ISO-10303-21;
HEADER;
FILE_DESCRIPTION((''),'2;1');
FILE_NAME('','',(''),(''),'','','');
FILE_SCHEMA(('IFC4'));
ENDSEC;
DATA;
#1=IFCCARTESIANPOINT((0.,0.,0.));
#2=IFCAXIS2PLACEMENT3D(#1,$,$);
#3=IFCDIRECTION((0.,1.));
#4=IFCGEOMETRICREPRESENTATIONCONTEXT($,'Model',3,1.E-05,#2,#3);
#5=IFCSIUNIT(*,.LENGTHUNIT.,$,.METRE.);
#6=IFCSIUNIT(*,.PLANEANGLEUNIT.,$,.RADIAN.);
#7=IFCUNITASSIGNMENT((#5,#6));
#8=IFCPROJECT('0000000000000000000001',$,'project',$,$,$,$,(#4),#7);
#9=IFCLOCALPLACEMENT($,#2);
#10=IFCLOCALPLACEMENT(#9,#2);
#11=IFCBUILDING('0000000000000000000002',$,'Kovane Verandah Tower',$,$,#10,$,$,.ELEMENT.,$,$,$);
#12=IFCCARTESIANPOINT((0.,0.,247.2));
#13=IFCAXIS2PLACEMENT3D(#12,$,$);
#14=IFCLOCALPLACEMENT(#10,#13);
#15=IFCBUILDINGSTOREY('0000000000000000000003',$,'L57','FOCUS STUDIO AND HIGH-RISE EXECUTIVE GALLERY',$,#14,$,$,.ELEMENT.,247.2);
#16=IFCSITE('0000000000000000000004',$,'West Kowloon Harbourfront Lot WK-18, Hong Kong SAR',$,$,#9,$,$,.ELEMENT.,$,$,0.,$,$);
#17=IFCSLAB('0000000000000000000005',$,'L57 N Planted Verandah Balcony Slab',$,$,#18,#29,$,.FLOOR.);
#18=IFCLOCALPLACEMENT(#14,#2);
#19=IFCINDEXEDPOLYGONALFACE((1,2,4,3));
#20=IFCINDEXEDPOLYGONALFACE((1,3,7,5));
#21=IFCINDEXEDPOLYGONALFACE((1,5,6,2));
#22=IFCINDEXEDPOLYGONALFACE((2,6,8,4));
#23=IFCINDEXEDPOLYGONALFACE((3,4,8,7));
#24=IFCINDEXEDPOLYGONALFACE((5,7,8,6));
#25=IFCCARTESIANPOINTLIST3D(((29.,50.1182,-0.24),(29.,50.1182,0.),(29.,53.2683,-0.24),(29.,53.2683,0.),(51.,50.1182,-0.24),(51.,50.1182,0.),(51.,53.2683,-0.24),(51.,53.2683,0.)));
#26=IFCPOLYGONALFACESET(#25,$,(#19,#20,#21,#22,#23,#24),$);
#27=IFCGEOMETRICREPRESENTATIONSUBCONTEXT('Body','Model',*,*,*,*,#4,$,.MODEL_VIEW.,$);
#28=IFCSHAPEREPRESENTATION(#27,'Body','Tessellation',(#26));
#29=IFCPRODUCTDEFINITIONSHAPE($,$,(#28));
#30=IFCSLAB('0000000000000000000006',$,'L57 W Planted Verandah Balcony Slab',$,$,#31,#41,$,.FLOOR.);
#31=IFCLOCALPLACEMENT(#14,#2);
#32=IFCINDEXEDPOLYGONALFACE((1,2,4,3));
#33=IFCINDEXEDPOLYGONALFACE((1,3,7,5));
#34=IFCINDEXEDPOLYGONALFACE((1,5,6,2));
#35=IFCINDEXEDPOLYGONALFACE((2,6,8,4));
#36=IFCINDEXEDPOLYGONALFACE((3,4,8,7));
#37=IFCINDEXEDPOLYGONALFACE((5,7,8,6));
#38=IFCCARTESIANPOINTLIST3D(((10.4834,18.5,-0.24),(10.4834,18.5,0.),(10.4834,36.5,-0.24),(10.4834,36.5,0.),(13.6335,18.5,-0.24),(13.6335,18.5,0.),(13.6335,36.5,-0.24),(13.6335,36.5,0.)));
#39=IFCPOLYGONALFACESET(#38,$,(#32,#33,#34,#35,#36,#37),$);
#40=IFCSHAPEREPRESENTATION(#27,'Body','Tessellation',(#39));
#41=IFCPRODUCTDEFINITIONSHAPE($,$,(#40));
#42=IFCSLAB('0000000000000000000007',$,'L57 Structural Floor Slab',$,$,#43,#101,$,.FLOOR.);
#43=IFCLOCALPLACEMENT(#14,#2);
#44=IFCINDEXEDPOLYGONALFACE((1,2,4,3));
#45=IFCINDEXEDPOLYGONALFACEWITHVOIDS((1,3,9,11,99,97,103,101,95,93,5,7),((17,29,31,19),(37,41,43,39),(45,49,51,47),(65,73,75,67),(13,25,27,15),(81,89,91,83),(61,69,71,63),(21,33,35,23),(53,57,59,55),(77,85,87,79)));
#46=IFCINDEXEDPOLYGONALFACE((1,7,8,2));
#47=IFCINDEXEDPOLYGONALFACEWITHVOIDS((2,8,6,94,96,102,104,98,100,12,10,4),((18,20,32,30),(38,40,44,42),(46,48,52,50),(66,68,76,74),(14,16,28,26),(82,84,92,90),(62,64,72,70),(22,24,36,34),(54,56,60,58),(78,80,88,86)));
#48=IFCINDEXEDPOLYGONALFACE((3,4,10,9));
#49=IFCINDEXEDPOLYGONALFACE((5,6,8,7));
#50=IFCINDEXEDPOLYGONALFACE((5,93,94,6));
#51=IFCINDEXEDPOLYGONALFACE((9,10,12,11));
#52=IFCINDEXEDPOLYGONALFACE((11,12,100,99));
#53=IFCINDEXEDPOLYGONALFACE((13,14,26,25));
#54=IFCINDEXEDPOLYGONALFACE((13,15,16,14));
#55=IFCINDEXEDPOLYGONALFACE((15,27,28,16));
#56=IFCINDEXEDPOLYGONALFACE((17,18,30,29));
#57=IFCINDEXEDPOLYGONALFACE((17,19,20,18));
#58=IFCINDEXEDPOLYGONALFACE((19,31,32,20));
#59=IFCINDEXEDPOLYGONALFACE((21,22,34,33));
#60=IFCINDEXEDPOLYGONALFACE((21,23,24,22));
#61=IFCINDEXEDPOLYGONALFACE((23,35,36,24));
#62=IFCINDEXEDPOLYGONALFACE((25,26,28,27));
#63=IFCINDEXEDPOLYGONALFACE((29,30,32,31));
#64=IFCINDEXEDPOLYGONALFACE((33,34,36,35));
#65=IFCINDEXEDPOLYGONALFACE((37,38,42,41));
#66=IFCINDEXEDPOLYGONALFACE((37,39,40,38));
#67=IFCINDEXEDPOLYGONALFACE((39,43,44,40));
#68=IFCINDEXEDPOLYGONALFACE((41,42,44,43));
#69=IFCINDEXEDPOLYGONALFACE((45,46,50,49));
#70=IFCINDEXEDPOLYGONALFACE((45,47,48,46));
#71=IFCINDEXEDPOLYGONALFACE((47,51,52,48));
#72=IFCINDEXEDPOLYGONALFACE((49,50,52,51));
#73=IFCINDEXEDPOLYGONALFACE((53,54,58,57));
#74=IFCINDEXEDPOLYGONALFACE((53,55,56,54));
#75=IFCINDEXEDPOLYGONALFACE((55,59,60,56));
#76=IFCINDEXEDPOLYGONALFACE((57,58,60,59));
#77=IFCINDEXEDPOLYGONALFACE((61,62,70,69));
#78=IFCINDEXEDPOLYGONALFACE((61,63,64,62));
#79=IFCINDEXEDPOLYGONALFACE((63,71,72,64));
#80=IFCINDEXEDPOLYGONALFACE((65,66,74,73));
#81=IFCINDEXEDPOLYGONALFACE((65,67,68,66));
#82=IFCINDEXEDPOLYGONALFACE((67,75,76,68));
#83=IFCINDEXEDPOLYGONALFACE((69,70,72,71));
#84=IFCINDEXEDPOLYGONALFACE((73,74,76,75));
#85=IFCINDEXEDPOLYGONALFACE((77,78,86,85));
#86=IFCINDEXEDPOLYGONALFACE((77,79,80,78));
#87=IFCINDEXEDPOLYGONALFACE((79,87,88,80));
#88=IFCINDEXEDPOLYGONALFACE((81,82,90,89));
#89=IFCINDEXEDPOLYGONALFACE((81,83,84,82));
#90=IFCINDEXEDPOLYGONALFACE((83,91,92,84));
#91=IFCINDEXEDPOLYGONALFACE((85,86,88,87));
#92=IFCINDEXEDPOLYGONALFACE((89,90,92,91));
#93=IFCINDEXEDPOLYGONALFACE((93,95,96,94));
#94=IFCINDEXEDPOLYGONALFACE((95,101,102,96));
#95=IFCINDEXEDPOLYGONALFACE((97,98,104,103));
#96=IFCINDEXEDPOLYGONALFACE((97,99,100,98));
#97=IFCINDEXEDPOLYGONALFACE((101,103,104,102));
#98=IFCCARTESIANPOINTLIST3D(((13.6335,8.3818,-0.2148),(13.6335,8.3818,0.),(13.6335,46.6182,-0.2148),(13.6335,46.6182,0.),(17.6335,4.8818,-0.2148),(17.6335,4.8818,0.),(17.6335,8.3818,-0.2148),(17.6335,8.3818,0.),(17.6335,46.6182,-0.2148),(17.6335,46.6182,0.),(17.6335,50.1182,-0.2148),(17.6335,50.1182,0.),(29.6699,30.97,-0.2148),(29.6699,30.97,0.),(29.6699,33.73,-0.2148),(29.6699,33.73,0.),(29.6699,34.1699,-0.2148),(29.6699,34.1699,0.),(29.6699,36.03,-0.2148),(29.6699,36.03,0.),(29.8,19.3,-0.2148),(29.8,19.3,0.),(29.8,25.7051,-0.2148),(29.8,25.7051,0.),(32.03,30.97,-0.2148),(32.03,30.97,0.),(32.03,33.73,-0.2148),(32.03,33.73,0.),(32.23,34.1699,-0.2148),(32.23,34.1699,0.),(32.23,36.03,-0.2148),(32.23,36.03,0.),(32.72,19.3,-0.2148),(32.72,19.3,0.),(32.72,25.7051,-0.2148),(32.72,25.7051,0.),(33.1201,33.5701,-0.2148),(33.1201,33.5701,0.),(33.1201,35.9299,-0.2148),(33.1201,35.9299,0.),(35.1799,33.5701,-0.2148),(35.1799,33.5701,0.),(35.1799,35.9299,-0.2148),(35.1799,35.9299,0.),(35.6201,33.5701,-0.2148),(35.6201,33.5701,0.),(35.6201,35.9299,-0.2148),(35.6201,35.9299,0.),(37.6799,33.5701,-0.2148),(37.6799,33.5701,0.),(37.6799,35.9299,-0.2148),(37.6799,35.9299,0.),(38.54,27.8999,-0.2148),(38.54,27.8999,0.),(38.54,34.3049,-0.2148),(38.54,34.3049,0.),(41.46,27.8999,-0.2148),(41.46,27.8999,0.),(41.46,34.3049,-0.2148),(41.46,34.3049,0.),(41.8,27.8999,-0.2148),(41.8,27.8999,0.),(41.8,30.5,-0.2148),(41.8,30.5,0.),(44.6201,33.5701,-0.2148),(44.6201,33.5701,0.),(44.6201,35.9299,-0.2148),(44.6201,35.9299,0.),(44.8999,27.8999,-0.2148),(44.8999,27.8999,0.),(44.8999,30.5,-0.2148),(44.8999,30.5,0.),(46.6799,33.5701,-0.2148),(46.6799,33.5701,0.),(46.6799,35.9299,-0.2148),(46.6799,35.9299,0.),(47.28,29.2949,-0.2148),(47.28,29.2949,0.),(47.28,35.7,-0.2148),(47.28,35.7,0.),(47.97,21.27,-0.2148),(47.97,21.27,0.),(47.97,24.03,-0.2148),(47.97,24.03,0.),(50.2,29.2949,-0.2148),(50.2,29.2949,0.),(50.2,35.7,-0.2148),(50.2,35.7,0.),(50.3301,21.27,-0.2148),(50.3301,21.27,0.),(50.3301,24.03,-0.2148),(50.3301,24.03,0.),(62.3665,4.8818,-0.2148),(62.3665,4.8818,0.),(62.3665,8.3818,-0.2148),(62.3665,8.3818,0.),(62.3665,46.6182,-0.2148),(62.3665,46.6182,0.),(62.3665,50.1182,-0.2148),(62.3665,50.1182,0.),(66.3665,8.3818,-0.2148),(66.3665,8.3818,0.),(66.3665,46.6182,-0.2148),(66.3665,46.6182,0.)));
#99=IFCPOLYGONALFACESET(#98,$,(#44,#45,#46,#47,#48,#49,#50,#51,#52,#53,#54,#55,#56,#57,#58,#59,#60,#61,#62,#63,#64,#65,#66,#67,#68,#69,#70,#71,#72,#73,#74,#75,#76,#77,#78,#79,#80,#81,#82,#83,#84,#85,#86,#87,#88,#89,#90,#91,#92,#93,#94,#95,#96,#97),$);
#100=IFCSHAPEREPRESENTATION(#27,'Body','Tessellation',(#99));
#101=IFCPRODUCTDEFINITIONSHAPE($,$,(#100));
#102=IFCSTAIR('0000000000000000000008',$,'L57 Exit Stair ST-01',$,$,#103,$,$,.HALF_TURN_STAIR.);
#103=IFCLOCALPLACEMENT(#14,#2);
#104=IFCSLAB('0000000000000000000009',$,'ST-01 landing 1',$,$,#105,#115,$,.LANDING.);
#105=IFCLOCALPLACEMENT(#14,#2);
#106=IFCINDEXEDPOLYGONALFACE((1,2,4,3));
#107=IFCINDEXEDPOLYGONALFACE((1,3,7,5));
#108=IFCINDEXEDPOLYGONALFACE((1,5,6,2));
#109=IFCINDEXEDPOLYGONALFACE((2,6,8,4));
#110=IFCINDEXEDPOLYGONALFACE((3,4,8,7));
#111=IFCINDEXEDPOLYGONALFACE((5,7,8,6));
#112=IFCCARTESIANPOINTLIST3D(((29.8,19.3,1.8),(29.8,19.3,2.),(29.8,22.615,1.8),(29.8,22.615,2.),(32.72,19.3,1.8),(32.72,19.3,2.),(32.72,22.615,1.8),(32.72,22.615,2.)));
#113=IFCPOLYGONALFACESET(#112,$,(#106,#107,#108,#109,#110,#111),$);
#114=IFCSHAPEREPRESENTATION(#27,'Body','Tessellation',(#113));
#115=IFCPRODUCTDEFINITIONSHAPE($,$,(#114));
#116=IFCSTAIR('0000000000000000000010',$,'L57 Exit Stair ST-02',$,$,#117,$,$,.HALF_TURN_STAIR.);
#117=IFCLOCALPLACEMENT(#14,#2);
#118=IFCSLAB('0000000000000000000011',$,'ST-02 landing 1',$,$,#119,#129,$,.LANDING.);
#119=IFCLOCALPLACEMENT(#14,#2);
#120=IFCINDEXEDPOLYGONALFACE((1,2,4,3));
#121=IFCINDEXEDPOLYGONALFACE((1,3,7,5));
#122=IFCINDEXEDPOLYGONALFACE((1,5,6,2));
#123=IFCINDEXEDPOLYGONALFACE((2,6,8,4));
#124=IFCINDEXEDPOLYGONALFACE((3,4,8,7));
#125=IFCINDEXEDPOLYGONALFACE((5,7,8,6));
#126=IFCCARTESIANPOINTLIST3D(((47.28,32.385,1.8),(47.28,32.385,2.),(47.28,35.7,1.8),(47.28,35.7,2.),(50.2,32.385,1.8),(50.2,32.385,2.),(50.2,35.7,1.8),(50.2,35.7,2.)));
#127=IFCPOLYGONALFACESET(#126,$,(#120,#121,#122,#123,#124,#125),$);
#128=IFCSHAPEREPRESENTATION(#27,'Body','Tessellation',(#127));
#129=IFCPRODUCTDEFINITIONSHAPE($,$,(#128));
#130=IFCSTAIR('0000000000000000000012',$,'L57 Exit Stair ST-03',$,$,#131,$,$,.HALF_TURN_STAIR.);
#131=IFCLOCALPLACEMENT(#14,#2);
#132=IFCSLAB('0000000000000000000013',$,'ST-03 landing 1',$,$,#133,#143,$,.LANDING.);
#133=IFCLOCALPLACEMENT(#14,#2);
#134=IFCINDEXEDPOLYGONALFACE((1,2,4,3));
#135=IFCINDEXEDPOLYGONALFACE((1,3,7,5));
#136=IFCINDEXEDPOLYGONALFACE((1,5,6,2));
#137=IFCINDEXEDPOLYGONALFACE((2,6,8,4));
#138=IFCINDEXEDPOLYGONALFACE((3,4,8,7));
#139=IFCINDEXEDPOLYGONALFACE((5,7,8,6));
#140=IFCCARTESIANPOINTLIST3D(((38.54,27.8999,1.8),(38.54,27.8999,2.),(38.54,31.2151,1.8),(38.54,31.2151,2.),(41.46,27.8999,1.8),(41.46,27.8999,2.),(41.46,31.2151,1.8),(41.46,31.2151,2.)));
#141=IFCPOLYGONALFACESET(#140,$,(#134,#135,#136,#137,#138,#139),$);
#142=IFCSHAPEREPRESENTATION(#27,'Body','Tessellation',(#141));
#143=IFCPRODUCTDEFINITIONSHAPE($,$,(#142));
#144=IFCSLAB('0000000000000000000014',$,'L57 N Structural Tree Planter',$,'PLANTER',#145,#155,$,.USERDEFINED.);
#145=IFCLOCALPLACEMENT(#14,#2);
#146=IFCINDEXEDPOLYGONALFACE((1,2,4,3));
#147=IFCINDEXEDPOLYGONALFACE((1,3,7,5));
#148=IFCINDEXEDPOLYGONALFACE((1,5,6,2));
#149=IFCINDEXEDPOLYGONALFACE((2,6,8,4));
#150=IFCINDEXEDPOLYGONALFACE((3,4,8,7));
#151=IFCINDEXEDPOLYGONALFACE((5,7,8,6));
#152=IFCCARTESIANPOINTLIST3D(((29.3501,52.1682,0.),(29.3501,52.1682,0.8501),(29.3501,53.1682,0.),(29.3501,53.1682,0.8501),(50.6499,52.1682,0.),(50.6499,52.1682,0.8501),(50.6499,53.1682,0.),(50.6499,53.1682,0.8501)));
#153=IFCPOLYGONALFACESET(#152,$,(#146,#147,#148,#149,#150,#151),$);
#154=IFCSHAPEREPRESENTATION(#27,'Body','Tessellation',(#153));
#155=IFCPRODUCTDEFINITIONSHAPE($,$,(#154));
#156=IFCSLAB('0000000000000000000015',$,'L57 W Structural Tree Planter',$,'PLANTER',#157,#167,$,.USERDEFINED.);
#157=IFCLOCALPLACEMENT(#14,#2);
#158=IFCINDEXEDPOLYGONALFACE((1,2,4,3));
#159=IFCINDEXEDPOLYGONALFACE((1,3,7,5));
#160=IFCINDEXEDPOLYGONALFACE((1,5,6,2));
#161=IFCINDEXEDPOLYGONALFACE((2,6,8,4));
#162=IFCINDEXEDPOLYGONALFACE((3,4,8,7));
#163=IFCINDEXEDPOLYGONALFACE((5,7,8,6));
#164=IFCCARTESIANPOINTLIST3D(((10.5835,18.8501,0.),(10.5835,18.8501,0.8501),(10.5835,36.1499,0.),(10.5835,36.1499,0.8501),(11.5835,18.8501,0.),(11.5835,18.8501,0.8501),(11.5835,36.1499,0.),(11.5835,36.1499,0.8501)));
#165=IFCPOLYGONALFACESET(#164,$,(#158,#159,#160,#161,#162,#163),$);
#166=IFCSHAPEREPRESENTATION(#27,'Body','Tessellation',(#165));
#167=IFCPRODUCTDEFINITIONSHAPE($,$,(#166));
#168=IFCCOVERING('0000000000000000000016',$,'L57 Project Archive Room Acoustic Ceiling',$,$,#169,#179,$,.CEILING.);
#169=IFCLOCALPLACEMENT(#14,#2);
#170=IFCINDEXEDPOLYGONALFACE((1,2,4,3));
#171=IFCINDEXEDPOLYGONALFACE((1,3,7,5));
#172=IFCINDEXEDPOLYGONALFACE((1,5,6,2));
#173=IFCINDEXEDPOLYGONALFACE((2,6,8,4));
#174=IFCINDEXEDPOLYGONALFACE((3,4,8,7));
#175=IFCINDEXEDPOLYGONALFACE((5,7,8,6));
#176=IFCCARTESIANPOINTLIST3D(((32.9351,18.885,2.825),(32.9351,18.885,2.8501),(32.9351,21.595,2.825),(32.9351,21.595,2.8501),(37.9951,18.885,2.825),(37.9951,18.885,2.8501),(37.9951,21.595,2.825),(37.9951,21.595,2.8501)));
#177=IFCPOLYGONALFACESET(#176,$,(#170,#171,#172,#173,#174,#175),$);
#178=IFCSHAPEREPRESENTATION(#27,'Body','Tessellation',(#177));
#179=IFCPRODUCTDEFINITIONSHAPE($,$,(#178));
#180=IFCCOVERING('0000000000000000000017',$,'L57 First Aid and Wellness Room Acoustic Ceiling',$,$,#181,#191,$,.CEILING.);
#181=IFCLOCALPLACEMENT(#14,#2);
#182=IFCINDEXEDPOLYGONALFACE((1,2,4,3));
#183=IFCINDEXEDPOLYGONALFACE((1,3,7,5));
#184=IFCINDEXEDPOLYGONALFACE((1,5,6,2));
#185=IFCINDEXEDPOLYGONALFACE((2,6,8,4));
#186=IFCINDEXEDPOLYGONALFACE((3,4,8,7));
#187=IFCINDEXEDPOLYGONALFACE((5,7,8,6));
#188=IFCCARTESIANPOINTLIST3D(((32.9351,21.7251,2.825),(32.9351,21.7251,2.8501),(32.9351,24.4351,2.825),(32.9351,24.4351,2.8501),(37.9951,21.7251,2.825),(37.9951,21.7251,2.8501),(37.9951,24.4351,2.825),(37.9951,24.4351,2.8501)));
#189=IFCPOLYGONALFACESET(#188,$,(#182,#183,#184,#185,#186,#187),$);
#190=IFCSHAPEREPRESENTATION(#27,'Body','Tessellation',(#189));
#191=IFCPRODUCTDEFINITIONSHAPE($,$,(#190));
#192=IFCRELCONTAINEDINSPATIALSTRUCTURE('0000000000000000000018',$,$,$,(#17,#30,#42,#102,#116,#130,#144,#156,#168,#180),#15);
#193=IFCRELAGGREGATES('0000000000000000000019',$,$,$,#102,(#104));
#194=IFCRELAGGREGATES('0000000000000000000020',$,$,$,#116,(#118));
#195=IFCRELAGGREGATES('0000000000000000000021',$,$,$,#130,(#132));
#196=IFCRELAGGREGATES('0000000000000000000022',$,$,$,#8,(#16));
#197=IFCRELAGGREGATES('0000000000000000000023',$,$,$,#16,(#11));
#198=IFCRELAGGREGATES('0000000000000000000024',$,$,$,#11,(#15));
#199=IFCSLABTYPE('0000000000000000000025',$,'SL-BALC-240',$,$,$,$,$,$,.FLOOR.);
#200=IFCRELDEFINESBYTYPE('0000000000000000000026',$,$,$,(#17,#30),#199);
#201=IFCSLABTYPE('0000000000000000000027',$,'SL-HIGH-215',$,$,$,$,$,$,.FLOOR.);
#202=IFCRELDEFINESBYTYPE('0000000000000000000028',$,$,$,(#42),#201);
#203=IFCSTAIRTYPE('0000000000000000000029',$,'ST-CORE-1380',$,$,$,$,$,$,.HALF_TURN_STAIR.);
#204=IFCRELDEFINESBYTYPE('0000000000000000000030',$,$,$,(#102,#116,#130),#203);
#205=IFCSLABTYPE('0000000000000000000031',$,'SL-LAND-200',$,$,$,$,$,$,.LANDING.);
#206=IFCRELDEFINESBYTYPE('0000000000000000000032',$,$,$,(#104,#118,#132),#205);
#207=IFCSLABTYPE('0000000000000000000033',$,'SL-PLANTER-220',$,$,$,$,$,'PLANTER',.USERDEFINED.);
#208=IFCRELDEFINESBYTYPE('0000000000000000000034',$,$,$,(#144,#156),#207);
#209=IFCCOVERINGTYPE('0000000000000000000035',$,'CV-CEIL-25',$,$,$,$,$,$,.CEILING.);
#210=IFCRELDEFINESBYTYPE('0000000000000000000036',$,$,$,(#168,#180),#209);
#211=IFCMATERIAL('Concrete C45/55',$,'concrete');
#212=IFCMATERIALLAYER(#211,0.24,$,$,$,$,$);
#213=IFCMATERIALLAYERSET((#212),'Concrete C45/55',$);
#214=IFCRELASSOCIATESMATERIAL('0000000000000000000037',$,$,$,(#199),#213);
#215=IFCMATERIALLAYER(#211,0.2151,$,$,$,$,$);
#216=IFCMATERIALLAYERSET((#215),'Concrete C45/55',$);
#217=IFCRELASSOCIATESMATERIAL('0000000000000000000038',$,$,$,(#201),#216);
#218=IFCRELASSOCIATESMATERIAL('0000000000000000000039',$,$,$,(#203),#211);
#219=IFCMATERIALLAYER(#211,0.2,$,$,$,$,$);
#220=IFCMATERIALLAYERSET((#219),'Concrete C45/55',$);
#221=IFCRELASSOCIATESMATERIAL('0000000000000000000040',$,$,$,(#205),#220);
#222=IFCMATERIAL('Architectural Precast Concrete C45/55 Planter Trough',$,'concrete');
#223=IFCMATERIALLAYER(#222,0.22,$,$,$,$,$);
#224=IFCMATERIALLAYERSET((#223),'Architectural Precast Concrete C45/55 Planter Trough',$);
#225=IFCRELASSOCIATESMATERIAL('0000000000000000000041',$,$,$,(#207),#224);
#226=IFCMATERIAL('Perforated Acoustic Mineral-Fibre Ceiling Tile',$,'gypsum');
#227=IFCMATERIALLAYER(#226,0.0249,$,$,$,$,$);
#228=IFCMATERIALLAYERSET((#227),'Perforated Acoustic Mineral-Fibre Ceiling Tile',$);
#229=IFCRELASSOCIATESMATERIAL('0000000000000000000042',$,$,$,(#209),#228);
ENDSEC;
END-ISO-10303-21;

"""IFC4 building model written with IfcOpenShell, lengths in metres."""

from ifc_helpers import new_model, si_unit, direction, frame, origin, place, context, subcontext, project, spatial, polyline, outline, extrude, material, layer, layer_set, type_object, element, aggregate, save


model = new_model("IFC4")

# Units and contexts
model_context = context("Model", 3, precision=1e-05, world=origin(), true_north=direction((0.0, 1.0)))
body_context = subcontext(model_context, "Body", "Model", "MODEL_VIEW")
ifc_project = project(units=[si_unit("LENGTHUNIT", "METRE"), si_unit("PLANEANGLEUNIT", "RADIAN")], contexts=[model_context])

# Site, building, storey
site_placement = place(None, origin())
site = spatial("IfcSite", under=ifc_project, at=site_placement, Name="West Kowloon Harbourfront Lot WK-18, Hong Kong SAR", CompositionType="ELEMENT", RefElevation=0.0)
building_placement = place(site_placement, origin())
building = spatial("IfcBuilding", under=site, at=building_placement, Name="Kovane Verandah Tower", CompositionType="ELEMENT")
storey_placement = place(building_placement, frame((0.0, 0.0, 247.2)))
storey = spatial("IfcBuildingStorey", under=building, at=storey_placement, Name="L57", Description="FOCUS STUDIO AND HIGH-RISE EXECUTIVE GALLERY", CompositionType="ELEMENT", Elevation=247.2)

# Slabs
ifc_material_1 = material(Name="Concrete C45/55", Category="concrete")
ifc_layer_1 = layer(ifc_material_1, 0.24)
ifc_layer_set_1 = layer_set([ifc_layer_1], Name="Concrete C45/55")
slab_type_1 = type_object("IfcSlabType", Name="SL-BALC-240", PredefinedType="FLOOR", material=ifc_layer_set_1)
slab_1_placement = place(storey_placement, frame((0.0, 0.0, -0.24)))
element("IfcSlab", 1, at=slab_1_placement, inside=storey, type_object=slab_type_1, Name="L57 N Planted Verandah Balcony Slab", PredefinedType="FLOOR", context=body_context, shape_type="SweptSolid", body=[
    extrude(outline(polyline([(29.0, 50.1182), (51.0, 50.1182), (51.0, 53.2683), (29.0, 53.2683), (29.0, 50.1182)])), origin(), (0.0, 0.0, 1.0), 0.24),
])
slab_2_placement = place(storey_placement, frame((0.0, 0.0, -0.24)))
element("IfcSlab", 2, at=slab_2_placement, inside=storey, type_object=slab_type_1, Name="L57 W Planted Verandah Balcony Slab", PredefinedType="FLOOR", context=body_context, shape_type="SweptSolid", body=[
    extrude(outline(polyline([(10.4834, 18.5), (13.6335, 18.5), (13.6335, 36.5), (10.4834, 36.5), (10.4834, 18.5)])), origin(), (0.0, 0.0, 1.0), 0.24),
])
ifc_layer_2 = layer(ifc_material_1, 0.2151)
ifc_layer_set_2 = layer_set([ifc_layer_2], Name="Concrete C45/55")
slab_type_2 = type_object("IfcSlabType", Name="SL-HIGH-215", PredefinedType="FLOOR", material=ifc_layer_set_2)
slab_3_placement = place(storey_placement, frame((0.0, 0.0, -0.2148)))
element("IfcSlab", 3, at=slab_3_placement, inside=storey, type_object=slab_type_2, Name="L57 Structural Floor Slab", PredefinedType="FLOOR", context=body_context, shape_type="SweptSolid", body=[
    extrude(outline(polyline([(17.6335, 4.8818), (62.3665, 4.8818), (62.3665, 8.3818), (66.3665, 8.3818), (66.3665, 46.6182), (62.3665, 46.6182), (62.3665, 50.1182), (17.6335, 50.1182), (17.6335, 46.6182), (13.6335, 46.6182), (13.6335, 8.3818), (17.6335, 8.3818), (17.6335, 4.8818)]), holes=[polyline([(29.8, 19.3), (32.72, 19.3), (32.72, 25.7051), (29.8, 25.7051), (29.8, 19.3)]), polyline([(47.28, 29.2949), (50.2, 29.2949), (50.2, 35.7), (47.28, 35.7), (47.28, 29.2949)]), polyline([(38.54, 27.8999), (41.46, 27.8999), (41.46, 34.3049), (38.54, 34.3049), (38.54, 27.8999)]), polyline([(29.6699, 30.97), (32.03, 30.97), (32.03, 33.73), (29.6699, 33.73), (29.6699, 30.97)]), polyline([(47.97, 21.27), (50.3301, 21.27), (50.3301, 24.03), (47.97, 24.03), (47.97, 21.27)]), polyline([(29.6699, 34.1699), (32.23, 34.1699), (32.23, 36.03), (29.6699, 36.03), (29.6699, 34.1699)]), polyline([(33.1201, 33.5701), (35.1799, 33.5701), (35.1799, 35.9299), (33.1201, 35.9299), (33.1201, 33.5701)]), polyline([(35.6201, 33.5701), (37.6799, 33.5701), (37.6799, 35.9299), (35.6201, 35.9299), (35.6201, 33.5701)]), polyline([(44.6201, 33.5701), (46.6799, 33.5701), (46.6799, 35.9299), (44.6201, 35.9299), (44.6201, 33.5701)]), polyline([(41.8, 27.8999), (44.8999, 27.8999), (44.8999, 30.5), (41.8, 30.5), (41.8, 27.8999)])]), origin(), (0.0, 0.0, 1.0), 0.2148),
])

# Stairs, slabs
stair_type = type_object("IfcStairType", Name="ST-CORE-1380", PredefinedType="HALF_TURN_STAIR", material=ifc_material_1)
stair_1_placement = place(storey_placement, origin())
stair_1 = element("IfcStair", 4, at=stair_1_placement, inside=storey, type_object=stair_type, Name="L57 Exit Stair ST-01", PredefinedType="HALF_TURN_STAIR")
ifc_layer_3 = layer(ifc_material_1, 0.2)
ifc_layer_set_3 = layer_set([ifc_layer_3], Name="Concrete C45/55")
slab_type_3 = type_object("IfcSlabType", Name="SL-LAND-200", PredefinedType="LANDING", material=ifc_layer_set_3)
slab_4_placement = place(storey_placement, frame((0.0, 0.0, 1.8)))
slab_4 = element("IfcSlab", 5, at=slab_4_placement, type_object=slab_type_3, Name="ST-01 landing 1", PredefinedType="LANDING", context=body_context, shape_type="SweptSolid", body=[
    extrude(outline(polyline([(29.8, 22.615), (29.8, 19.3), (32.72, 19.3), (32.72, 22.615), (29.8, 22.615)])), origin(), (0.0, 0.0, 1.0), 0.2),
])
aggregate(stair_1, [slab_4])
stair_2_placement = place(storey_placement, origin())
stair_2 = element("IfcStair", 6, at=stair_2_placement, inside=storey, type_object=stair_type, Name="L57 Exit Stair ST-02", PredefinedType="HALF_TURN_STAIR")
slab_5_placement = place(storey_placement, frame((0.0, 0.0, 1.8)))
slab_5 = element("IfcSlab", 7, at=slab_5_placement, type_object=slab_type_3, Name="ST-02 landing 1", PredefinedType="LANDING", context=body_context, shape_type="SweptSolid", body=[
    extrude(outline(polyline([(50.2, 32.385), (50.2, 35.7), (47.28, 35.7), (47.28, 32.385), (50.2, 32.385)])), origin(), (0.0, 0.0, 1.0), 0.2),
])
aggregate(stair_2, [slab_5])
stair_3_placement = place(storey_placement, origin())
stair_3 = element("IfcStair", 8, at=stair_3_placement, inside=storey, type_object=stair_type, Name="L57 Exit Stair ST-03", PredefinedType="HALF_TURN_STAIR")
slab_6_placement = place(storey_placement, frame((0.0, 0.0, 1.8)))
slab_6 = element("IfcSlab", 9, at=slab_6_placement, type_object=slab_type_3, Name="ST-03 landing 1", PredefinedType="LANDING", context=body_context, shape_type="SweptSolid", body=[
    extrude(outline(polyline([(38.54, 31.2151), (38.54, 27.8999), (41.46, 27.8999), (41.46, 31.2151), (38.54, 31.2151)])), origin(), (0.0, 0.0, 1.0), 0.2),
])
aggregate(stair_3, [slab_6])

# Slabs
ifc_material_2 = material(Name="Architectural Precast Concrete C45/55 Planter Trough", Category="concrete")
ifc_layer_4 = layer(ifc_material_2, 0.22)
ifc_layer_set_4 = layer_set([ifc_layer_4], Name="Architectural Precast Concrete C45/55 Planter Trough")
slab_type_4 = type_object("IfcSlabType", Name="SL-PLANTER-220", ElementType="PLANTER", PredefinedType="USERDEFINED", material=ifc_layer_set_4)
slab_7_placement = place(storey_placement, origin())
element("IfcSlab", 10, at=slab_7_placement, inside=storey, type_object=slab_type_4, Name="L57 N Structural Tree Planter", ObjectType="PLANTER", PredefinedType="USERDEFINED", context=body_context, shape_type="SweptSolid", body=[
    extrude(outline(polyline([(29.3501, 52.1682), (50.6499, 52.1682), (50.6499, 53.1682), (29.3501, 53.1682), (29.3501, 52.1682)])), origin(), (0.0, 0.0, 1.0), 0.8501),
])
slab_8_placement = place(storey_placement, origin())
element("IfcSlab", 11, at=slab_8_placement, inside=storey, type_object=slab_type_4, Name="L57 W Structural Tree Planter", ObjectType="PLANTER", PredefinedType="USERDEFINED", context=body_context, shape_type="SweptSolid", body=[
    extrude(outline(polyline([(10.5835, 18.8501), (11.5835, 18.8501), (11.5835, 36.1499), (10.5835, 36.1499), (10.5835, 18.8501)])), origin(), (0.0, 0.0, 1.0), 0.8501),
])

# Coverings
ifc_material_3 = material(Name="Perforated Acoustic Mineral-Fibre Ceiling Tile", Category="gypsum")
ifc_layer_5 = layer(ifc_material_3, 0.0249)
ifc_layer_set_5 = layer_set([ifc_layer_5], Name="Perforated Acoustic Mineral-Fibre Ceiling Tile")
covering_type_1 = type_object("IfcCoveringType", Name="CV-CEIL-25", PredefinedType="CEILING", material=ifc_layer_set_5)
covering_1_placement = place(storey_placement, frame((0.0, 0.0, 2.825)))
element("IfcCovering", 12, at=covering_1_placement, inside=storey, type_object=covering_type_1, Name="L57 Project Archive Room Acoustic Ceiling", PredefinedType="CEILING", context=body_context, shape_type="SweptSolid", body=[
    extrude(outline(polyline([(32.9351, 18.885), (37.9951, 18.885), (37.9951, 21.595), (32.9351, 21.595), (32.9351, 18.885)])), origin(), (0.0, 0.0, 1.0), 0.0251),
])
covering_2_placement = place(storey_placement, frame((0.0, 0.0, 2.825)))
element("IfcCovering", 13, at=covering_2_placement, inside=storey, type_object=covering_type_1, Name="L57 First Aid and Wellness Room Acoustic Ceiling", PredefinedType="CEILING", context=body_context, shape_type="SweptSolid", body=[
    extrude(outline(polyline([(32.9351, 21.7251), (37.9951, 21.7251), (37.9951, 24.4351), (32.9351, 24.4351), (32.9351, 21.7251)])), origin(), (0.0, 0.0, 1.0), 0.0251),
])

save(model, "model.ifc")
